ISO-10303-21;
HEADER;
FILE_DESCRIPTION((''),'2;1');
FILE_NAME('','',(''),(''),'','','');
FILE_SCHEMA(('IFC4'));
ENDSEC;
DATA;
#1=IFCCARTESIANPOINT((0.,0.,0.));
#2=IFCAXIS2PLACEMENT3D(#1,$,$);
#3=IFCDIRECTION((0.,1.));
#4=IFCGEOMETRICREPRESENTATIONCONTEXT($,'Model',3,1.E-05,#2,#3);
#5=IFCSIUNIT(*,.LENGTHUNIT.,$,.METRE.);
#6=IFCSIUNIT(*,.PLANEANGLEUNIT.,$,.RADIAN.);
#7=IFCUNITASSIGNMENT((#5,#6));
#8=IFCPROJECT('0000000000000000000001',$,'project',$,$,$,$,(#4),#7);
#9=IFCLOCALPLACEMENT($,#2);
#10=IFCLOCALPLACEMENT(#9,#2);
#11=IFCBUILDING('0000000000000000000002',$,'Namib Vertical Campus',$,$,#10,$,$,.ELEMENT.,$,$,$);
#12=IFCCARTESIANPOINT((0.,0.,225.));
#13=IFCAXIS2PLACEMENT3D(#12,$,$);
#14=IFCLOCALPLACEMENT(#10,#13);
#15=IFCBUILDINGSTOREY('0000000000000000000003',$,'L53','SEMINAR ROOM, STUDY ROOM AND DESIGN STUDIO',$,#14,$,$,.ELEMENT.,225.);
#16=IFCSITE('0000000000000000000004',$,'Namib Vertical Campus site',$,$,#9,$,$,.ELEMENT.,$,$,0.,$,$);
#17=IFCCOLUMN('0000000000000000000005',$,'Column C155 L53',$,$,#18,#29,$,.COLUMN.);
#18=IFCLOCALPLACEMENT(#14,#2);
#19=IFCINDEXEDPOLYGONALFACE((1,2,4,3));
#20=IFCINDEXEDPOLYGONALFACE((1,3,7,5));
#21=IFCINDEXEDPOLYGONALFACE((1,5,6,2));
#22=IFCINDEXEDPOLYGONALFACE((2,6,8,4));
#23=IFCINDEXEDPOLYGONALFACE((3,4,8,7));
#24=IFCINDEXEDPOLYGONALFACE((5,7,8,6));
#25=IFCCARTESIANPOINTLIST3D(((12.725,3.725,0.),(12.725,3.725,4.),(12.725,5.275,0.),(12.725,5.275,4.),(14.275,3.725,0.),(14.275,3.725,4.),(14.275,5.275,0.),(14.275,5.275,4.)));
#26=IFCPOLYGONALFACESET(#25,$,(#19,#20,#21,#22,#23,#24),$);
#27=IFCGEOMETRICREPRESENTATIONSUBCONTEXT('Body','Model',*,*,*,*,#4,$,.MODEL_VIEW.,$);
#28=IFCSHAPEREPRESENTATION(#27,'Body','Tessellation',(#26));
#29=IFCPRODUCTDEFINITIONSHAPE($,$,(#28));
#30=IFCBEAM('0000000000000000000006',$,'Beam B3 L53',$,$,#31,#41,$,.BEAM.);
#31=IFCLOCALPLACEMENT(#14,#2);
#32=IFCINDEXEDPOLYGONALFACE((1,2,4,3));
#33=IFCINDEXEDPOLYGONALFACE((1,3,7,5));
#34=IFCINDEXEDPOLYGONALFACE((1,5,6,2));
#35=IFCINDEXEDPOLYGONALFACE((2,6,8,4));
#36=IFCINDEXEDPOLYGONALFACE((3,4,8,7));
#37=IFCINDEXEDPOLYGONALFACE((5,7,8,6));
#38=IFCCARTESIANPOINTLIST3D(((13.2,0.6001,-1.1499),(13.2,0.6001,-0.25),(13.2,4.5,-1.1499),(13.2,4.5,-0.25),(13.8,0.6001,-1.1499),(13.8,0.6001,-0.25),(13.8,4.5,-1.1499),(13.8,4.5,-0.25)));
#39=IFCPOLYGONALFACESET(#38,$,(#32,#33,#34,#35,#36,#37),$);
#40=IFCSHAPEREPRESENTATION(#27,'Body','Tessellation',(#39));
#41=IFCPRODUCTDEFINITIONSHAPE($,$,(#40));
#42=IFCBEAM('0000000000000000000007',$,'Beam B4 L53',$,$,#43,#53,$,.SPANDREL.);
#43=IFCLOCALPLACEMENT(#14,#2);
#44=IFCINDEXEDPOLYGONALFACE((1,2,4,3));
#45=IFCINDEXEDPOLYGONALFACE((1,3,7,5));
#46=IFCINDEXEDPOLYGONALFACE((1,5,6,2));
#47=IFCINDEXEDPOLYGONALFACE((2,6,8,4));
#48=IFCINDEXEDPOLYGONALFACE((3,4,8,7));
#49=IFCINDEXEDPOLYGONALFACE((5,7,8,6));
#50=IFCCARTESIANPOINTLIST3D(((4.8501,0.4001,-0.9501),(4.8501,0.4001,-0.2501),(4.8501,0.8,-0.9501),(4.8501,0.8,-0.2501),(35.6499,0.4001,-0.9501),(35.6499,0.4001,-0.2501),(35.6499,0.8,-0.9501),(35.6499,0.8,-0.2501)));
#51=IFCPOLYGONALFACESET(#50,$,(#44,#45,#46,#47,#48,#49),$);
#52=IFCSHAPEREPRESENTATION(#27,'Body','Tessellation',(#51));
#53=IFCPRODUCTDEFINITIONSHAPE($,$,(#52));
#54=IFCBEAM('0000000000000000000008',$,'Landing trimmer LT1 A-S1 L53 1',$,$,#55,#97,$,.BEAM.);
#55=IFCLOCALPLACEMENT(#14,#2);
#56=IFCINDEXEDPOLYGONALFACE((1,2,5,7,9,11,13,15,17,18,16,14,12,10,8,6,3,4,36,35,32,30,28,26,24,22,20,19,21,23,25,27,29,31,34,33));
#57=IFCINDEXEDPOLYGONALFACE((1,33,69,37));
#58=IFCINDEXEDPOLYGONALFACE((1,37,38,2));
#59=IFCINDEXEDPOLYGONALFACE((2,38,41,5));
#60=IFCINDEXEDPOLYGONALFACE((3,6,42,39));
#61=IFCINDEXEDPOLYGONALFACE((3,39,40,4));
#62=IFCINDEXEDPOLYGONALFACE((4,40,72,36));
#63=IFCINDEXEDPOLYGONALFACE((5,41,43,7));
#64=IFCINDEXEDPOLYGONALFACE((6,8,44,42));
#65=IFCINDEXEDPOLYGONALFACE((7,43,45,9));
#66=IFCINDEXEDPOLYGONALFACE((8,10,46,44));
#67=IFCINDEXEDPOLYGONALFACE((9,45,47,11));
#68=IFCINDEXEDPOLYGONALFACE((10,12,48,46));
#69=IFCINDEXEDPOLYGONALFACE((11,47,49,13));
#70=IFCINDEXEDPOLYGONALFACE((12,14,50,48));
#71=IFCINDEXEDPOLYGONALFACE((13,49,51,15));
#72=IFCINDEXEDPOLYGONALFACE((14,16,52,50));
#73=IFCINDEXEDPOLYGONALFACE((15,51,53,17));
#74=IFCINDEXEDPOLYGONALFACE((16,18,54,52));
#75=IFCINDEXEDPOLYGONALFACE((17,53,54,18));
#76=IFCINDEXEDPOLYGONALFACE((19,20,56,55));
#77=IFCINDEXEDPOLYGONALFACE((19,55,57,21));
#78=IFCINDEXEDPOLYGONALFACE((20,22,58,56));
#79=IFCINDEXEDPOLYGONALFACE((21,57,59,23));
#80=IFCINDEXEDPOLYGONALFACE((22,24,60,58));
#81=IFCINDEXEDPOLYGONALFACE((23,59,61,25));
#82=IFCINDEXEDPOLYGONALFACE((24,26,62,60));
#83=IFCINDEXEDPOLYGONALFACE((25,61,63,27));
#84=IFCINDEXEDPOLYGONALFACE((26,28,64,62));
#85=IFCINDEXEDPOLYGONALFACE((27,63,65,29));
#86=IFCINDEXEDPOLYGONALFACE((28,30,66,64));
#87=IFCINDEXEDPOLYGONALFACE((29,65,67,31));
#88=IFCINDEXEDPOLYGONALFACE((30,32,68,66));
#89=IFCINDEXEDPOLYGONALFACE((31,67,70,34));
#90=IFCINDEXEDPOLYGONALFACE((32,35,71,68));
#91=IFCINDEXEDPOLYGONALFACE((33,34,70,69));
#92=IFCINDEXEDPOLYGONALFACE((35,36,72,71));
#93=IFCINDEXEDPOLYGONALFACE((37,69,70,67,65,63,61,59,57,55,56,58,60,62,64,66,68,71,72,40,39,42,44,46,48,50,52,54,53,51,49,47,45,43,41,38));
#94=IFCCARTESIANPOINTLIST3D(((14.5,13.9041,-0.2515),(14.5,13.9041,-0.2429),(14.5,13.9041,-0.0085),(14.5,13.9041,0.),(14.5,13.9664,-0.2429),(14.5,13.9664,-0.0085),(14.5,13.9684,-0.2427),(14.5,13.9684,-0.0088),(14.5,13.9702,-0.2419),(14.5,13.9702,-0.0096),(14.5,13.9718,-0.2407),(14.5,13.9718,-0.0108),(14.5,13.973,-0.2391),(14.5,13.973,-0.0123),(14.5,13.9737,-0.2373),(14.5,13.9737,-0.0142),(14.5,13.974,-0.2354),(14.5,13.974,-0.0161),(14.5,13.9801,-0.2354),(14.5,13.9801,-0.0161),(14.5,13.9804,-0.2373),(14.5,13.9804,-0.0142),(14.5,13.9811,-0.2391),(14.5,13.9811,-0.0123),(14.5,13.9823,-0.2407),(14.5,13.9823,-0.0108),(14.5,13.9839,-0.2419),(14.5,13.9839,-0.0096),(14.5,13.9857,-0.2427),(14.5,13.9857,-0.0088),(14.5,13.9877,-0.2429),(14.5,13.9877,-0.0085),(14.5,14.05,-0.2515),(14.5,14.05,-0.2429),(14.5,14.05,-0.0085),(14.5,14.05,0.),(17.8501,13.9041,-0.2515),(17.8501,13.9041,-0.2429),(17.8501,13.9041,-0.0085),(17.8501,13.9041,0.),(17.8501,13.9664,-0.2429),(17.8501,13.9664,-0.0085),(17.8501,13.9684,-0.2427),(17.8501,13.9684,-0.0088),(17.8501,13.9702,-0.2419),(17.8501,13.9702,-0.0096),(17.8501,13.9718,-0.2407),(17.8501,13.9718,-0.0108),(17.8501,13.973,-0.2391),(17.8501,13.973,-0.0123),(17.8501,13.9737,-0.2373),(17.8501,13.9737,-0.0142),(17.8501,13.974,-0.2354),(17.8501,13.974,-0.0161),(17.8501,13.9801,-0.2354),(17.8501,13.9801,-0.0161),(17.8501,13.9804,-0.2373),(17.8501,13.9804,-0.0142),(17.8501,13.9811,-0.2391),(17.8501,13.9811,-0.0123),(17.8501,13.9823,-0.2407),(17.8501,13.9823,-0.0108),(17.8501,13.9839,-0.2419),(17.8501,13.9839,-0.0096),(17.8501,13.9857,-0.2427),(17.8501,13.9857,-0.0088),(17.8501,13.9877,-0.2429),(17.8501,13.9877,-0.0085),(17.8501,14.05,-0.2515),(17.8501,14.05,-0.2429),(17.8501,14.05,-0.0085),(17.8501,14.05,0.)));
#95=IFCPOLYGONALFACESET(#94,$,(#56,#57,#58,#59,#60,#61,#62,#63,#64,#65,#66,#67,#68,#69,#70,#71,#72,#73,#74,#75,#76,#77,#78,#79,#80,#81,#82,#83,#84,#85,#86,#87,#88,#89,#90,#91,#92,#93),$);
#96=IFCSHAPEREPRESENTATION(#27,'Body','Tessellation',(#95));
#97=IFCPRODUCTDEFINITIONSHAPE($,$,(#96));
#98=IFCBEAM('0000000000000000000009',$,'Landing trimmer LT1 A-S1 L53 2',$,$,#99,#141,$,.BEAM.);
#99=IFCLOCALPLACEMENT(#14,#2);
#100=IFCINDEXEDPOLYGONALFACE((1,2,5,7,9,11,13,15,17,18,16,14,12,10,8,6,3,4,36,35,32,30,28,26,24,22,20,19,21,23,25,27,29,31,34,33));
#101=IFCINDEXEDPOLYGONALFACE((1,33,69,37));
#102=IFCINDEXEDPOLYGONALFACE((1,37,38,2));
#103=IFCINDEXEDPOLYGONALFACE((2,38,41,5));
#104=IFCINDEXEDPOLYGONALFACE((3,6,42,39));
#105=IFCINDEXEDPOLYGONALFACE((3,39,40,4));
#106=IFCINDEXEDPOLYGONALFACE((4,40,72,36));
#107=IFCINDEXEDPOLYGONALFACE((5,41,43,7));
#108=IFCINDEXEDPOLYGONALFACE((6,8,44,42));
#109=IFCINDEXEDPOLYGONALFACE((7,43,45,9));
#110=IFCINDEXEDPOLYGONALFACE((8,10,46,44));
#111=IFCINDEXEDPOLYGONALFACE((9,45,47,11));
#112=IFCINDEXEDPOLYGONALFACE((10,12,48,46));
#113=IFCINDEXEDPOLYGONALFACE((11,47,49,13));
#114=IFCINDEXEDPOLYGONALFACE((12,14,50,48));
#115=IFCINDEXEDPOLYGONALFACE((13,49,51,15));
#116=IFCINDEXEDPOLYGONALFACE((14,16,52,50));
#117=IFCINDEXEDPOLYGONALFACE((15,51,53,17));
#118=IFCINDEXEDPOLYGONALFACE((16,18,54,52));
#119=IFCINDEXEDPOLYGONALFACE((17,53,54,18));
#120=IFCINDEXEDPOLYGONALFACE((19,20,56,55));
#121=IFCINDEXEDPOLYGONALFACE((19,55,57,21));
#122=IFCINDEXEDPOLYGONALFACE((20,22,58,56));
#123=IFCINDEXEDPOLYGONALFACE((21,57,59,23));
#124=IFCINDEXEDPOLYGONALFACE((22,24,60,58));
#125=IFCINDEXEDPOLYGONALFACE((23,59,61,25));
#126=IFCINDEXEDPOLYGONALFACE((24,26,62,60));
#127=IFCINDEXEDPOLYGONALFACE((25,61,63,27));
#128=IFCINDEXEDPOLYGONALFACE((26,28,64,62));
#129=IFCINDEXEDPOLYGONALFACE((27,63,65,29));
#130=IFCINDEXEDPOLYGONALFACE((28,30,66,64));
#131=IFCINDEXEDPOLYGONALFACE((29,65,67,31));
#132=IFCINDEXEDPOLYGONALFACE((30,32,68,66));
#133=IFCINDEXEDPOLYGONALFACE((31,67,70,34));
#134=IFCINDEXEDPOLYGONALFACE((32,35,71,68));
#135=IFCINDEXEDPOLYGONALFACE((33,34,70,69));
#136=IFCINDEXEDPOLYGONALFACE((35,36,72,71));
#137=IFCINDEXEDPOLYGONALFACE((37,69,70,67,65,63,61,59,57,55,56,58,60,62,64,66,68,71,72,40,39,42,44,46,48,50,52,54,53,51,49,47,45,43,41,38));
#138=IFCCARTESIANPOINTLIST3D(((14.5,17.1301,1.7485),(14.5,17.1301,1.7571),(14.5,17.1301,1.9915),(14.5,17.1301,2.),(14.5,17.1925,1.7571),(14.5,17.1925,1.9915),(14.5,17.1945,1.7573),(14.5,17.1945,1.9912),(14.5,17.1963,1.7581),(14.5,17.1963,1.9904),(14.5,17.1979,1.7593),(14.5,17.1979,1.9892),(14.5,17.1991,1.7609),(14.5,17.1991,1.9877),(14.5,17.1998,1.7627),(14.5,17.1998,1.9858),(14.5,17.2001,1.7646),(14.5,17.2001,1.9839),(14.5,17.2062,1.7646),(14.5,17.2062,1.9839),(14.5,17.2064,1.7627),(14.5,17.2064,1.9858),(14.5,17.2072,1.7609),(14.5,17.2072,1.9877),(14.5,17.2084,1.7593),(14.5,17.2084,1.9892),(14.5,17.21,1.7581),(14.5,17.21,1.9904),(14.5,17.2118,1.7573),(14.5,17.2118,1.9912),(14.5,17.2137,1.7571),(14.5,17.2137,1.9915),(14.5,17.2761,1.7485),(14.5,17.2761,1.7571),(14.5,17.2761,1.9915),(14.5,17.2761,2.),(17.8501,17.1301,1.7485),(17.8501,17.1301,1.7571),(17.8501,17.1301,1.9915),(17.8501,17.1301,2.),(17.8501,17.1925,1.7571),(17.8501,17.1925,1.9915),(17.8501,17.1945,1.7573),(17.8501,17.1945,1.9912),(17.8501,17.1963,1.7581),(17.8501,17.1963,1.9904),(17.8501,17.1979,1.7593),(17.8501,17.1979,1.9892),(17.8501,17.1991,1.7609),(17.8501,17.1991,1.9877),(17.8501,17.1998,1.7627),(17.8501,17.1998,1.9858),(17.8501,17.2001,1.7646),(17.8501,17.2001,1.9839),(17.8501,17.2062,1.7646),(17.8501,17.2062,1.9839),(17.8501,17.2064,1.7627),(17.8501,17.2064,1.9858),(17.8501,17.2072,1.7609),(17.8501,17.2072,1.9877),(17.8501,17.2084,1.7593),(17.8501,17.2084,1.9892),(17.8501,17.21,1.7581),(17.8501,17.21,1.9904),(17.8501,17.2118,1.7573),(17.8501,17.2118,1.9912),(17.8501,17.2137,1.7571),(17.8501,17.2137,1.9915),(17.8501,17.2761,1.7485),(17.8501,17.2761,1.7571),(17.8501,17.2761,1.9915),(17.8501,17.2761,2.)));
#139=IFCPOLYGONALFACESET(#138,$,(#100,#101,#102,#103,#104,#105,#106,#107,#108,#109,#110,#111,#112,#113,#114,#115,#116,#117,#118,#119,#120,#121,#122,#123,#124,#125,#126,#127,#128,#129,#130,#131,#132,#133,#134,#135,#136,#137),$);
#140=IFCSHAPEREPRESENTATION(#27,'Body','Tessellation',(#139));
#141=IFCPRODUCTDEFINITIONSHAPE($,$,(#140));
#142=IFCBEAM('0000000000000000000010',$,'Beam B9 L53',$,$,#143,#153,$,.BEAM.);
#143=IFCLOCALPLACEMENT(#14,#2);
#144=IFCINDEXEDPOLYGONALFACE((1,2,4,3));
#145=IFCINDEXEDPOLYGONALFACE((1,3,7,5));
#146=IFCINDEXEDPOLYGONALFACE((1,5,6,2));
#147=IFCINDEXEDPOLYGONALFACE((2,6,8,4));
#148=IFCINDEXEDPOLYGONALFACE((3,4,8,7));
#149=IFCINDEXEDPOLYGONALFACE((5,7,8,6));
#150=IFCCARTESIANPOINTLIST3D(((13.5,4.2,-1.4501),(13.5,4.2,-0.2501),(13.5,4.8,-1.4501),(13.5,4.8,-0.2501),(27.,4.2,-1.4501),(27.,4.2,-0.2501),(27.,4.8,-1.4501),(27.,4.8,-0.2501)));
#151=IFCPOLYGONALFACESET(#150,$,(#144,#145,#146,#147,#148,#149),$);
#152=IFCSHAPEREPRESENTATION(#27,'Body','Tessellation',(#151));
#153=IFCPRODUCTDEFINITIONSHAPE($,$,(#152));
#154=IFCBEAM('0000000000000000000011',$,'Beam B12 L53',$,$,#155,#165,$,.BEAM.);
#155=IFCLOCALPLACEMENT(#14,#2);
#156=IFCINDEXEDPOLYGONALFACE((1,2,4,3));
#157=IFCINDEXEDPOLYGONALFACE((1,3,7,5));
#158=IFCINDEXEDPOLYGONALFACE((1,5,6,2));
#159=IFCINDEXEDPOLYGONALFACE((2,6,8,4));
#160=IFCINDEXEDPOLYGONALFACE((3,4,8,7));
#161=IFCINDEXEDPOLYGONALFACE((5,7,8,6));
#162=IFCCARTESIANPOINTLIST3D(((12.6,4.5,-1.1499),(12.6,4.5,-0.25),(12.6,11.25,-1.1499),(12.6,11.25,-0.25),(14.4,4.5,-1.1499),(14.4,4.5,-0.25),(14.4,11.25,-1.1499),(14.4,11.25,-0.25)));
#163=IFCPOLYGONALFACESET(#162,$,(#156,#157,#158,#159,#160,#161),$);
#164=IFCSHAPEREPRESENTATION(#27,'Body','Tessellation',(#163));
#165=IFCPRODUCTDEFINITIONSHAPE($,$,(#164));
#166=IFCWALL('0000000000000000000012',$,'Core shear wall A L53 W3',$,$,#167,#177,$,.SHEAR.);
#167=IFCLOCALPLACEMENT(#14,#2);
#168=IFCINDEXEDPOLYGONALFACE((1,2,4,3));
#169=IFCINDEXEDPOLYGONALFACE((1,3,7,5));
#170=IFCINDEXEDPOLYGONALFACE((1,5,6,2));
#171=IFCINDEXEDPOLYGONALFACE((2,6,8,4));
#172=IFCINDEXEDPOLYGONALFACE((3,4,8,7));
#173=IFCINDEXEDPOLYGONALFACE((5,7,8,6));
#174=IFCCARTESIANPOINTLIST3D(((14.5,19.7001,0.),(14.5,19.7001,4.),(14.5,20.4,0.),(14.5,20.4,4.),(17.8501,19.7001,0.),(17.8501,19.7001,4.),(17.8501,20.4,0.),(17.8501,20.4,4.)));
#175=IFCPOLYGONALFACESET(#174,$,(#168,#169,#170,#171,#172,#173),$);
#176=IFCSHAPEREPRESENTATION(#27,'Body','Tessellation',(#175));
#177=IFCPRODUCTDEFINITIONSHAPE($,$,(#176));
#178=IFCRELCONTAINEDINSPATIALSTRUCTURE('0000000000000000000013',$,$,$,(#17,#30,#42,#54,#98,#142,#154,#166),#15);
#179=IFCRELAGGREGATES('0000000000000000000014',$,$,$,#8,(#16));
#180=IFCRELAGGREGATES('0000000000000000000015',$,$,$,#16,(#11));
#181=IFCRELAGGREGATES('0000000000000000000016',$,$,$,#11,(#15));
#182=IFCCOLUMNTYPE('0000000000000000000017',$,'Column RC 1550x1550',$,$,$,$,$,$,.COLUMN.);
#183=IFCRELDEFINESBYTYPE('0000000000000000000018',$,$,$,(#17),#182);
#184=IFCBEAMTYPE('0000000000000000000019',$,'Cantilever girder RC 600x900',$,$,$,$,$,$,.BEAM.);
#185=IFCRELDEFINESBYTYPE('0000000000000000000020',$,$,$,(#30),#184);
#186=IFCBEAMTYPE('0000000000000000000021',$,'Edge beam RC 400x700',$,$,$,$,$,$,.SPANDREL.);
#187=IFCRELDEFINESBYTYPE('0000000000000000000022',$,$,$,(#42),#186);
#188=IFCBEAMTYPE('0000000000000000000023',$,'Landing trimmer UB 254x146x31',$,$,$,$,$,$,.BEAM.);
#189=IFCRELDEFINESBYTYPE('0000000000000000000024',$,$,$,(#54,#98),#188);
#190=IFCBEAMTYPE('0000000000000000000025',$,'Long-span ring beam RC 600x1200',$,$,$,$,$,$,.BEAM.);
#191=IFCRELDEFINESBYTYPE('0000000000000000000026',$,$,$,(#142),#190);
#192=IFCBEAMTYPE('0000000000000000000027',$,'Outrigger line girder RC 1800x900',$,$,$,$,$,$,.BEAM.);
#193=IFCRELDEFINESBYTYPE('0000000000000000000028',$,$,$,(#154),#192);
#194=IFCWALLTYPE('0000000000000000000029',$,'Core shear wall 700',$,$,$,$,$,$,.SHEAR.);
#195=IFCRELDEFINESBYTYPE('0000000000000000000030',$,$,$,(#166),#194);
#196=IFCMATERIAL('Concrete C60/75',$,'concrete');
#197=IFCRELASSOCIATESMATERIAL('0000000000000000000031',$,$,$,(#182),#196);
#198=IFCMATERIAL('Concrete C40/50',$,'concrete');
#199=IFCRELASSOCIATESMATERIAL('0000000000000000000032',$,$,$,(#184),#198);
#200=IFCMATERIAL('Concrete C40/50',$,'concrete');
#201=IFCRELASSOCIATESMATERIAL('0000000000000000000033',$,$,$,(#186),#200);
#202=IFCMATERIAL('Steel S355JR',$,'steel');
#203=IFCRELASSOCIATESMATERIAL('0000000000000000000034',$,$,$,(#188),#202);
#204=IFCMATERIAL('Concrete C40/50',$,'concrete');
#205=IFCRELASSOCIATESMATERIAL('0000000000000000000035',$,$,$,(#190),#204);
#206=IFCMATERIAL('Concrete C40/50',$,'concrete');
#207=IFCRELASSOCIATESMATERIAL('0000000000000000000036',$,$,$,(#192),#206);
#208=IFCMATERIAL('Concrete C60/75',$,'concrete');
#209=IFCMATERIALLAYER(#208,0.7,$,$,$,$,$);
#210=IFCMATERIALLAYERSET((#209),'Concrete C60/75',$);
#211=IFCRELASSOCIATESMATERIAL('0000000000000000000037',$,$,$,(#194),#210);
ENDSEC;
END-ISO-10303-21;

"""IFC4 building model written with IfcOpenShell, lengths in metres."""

from ifc_helpers import new_model, si_unit, direction, frame, frame_2d, origin, origin_2d, place, context, subcontext, project, spatial, rectangle, i_section, extrude, material, layer, layer_set, material_profile, profile_set, type_object, element, save


model = new_model("IFC4")

# Units and contexts
model_context = context("Model", 3, precision=1e-05, world=origin(), true_north=direction((0.0, 1.0)))
body_context = subcontext(model_context, "Body", "Model", "MODEL_VIEW")
ifc_project = project(units=[si_unit("LENGTHUNIT", "METRE"), si_unit("PLANEANGLEUNIT", "RADIAN")], contexts=[model_context])

# Site, building, storey
site_placement = place(None, origin())
site = spatial("IfcSite", under=ifc_project, at=site_placement, Name="Namib Vertical Campus site", CompositionType="ELEMENT", RefElevation=0.0)
building_placement = place(site_placement, origin())
building = spatial("IfcBuilding", under=site, at=building_placement, Name="Namib Vertical Campus", CompositionType="ELEMENT")
storey_placement = place(building_placement, frame((0.0, 0.0, 225.0)))
storey = spatial("IfcBuildingStorey", under=building, at=storey_placement, Name="L53", Description="SEMINAR ROOM, STUDY ROOM AND DESIGN STUDIO", CompositionType="ELEMENT", Elevation=225.0)

# Column
ifc_material_1 = material(Name="Concrete C60/75", Category="concrete")
ifc_material_profile_1 = material_profile(ifc_material_1, rectangle(XDim=1.55, YDim=1.55, at=origin_2d()))
ifc_profile_set_1 = profile_set([ifc_material_profile_1], Name="Concrete C60/75")
column_type = type_object("IfcColumnType", Name="Column RC 1550x1550", PredefinedType="COLUMN", material=ifc_profile_set_1)
column_placement = place(storey_placement, frame((13.5, 4.5, 0.0), z_axis=(0.0, 0.0, 1.0), x_axis=(1.0, 0.0, 0.0)))
element("IfcColumn", 1, at=column_placement, inside=storey, type_object=column_type, Name="Column C155 L53", PredefinedType="COLUMN", context=body_context, shape_type="SweptSolid", body=[
    extrude(rectangle(XDim=1.55, YDim=1.55, at=origin_2d()), origin(), (0.0, 0.0, 1.0), 4.0),
])

# Beams
ifc_material_2 = material(Name="Concrete C40/50", Category="concrete")
ifc_material_profile_2 = material_profile(ifc_material_2, rectangle(XDim=0.6001, YDim=0.8999, at=origin_2d()))
ifc_profile_set_2 = profile_set([ifc_material_profile_2], Name="Concrete C40/50")
beam_type_1 = type_object("IfcBeamType", Name="Cantilever girder RC 600x900", PredefinedType="BEAM", material=ifc_profile_set_2)
beam_1_placement = place(storey_placement, frame((13.5, 4.5, -0.7), z_axis=(0.0, -1.0, 0.0), x_axis=(1.0, 0.0, 0.0)))
element("IfcBeam", 2, at=beam_1_placement, inside=storey, type_object=beam_type_1, Name="Beam B3 L53", PredefinedType="BEAM", context=body_context, shape_type="SweptSolid", body=[
    extrude(rectangle(XDim=0.6001, YDim=0.8999, at=origin_2d()), origin(), (0.0, 0.0, 1.0), 3.8999),
])
ifc_material_3 = material(Name="Concrete C40/50", Category="concrete")
ifc_material_profile_3 = material_profile(ifc_material_3, rectangle(XDim=0.3999, YDim=0.7, at=origin_2d()))
ifc_profile_set_3 = profile_set([ifc_material_profile_3], Name="Concrete C40/50")
beam_type_2 = type_object("IfcBeamType", Name="Edge beam RC 400x700", PredefinedType="SPANDREL", material=ifc_profile_set_3)
beam_2_placement = place(storey_placement, frame((4.8501, 0.6001, -0.6001), z_axis=(1.0, 0.0, 0.0), x_axis=(0.0, 1.0, 0.0)))
element("IfcBeam", 3, at=beam_2_placement, inside=storey, type_object=beam_type_2, Name="Beam B4 L53", PredefinedType="SPANDREL", context=body_context, shape_type="SweptSolid", body=[
    extrude(rectangle(XDim=0.3999, YDim=0.7, at=origin_2d()), origin(), (0.0, 0.0, 1.0), 30.7998),
])
ifc_material_4 = material(Name="Steel S355JR", Category="steel")
ifc_material_profile_4 = material_profile(ifc_material_4, i_section(OverallWidth=0.146, OverallDepth=0.2515, WebThickness=0.0061, FlangeThickness=0.0085, FilletRadius=0.0076, at=origin_2d()))
ifc_profile_set_4 = profile_set([ifc_material_profile_4], Name="Steel S355JR")
beam_type_3 = type_object("IfcBeamType", Name="Landing trimmer UB 254x146x31", PredefinedType="BEAM", material=ifc_profile_set_4)
for number, where, z_axis, x_axis, name in (
    (4, (14.5, 13.9771, -0.1257), (1.0, 0.0, 0.0), (0.0, 1.0, 0.0), "Landing trimmer LT1 A-S1 L53 1"),
    (5, (14.5, 17.2031, 1.8743), (1.0, 0.0, 0.0), (0.0, 1.0, 0.0), "Landing trimmer LT1 A-S1 L53 2"),
):
    element("IfcBeam", number, at=place(storey_placement, frame(where, z_axis=z_axis, x_axis=x_axis)), inside=storey, type_object=beam_type_3, Name=name, PredefinedType="BEAM", context=body_context, shape_type="SweptSolid", body=[
        extrude(i_section(OverallWidth=0.146, OverallDepth=0.2515, WebThickness=0.0061, FlangeThickness=0.0085, FilletRadius=0.0076, at=origin_2d()), origin(), (0.0, 0.0, 1.0), 3.3501),
    ])
ifc_material_5 = material(Name="Concrete C40/50", Category="concrete")
ifc_material_profile_5 = material_profile(ifc_material_5, rectangle(XDim=0.6001, YDim=1.2, at=origin_2d()))
ifc_profile_set_5 = profile_set([ifc_material_profile_5], Name="Concrete C40/50")
beam_type_4 = type_object("IfcBeamType", Name="Long-span ring beam RC 600x1200", PredefinedType="BEAM", material=ifc_profile_set_5)
beam_3_placement = place(storey_placement, frame((13.5, 4.5, -0.8501), z_axis=(1.0, 0.0, 0.0), x_axis=(0.0, 1.0, 0.0)))
element("IfcBeam", 6, at=beam_3_placement, inside=storey, type_object=beam_type_4, Name="Beam B9 L53", PredefinedType="BEAM", context=body_context, shape_type="SweptSolid", body=[
    extrude(rectangle(XDim=0.6001, YDim=1.2, at=origin_2d()), origin(), (0.0, 0.0, 1.0), 13.5),
])
ifc_material_6 = material(Name="Concrete C40/50", Category="concrete")
ifc_material_profile_6 = material_profile(ifc_material_6, rectangle(XDim=1.8, YDim=0.8999, at=origin_2d()))
ifc_profile_set_6 = profile_set([ifc_material_profile_6], Name="Concrete C40/50")
beam_type_5 = type_object("IfcBeamType", Name="Outrigger line girder RC 1800x900", PredefinedType="BEAM", material=ifc_profile_set_6)
beam_4_placement = place(storey_placement, frame((13.5, 4.5, -0.7), z_axis=(0.0, 1.0, 0.0), x_axis=(-1.0, 0.0, 0.0)))
element("IfcBeam", 7, at=beam_4_placement, inside=storey, type_object=beam_type_5, Name="Beam B12 L53", PredefinedType="BEAM", context=body_context, shape_type="SweptSolid", body=[
    extrude(rectangle(XDim=1.8, YDim=0.8999, at=origin_2d()), origin(), (0.0, 0.0, 1.0), 6.75),
])

# Wall
ifc_material_7 = material(Name="Concrete C60/75", Category="concrete")
ifc_layer_1 = layer(ifc_material_7, 0.7)
ifc_layer_set_1 = layer_set([ifc_layer_1], Name="Concrete C60/75")
wall_type_1 = type_object("IfcWallType", Name="Core shear wall 700", PredefinedType="SHEAR", material=ifc_layer_set_1)
wall_1_placement = place(storey_placement, frame((14.5, 20.05, 0.0), z_axis=(0.0, 0.0, 1.0), x_axis=(1.0, 0.0, 0.0)))
element("IfcWall", 8, at=wall_1_placement, inside=storey, type_object=wall_type_1, Name="Core shear wall A L53 W3", PredefinedType="SHEAR", context=body_context, shape_type="SweptSolid", body=[
    extrude(rectangle(XDim=3.3501, YDim=0.7, at=frame_2d((1.675, 0.0))), origin(), (0.0, 0.0, 1.0), 4.0),
])

save(model, "model.ifc")
